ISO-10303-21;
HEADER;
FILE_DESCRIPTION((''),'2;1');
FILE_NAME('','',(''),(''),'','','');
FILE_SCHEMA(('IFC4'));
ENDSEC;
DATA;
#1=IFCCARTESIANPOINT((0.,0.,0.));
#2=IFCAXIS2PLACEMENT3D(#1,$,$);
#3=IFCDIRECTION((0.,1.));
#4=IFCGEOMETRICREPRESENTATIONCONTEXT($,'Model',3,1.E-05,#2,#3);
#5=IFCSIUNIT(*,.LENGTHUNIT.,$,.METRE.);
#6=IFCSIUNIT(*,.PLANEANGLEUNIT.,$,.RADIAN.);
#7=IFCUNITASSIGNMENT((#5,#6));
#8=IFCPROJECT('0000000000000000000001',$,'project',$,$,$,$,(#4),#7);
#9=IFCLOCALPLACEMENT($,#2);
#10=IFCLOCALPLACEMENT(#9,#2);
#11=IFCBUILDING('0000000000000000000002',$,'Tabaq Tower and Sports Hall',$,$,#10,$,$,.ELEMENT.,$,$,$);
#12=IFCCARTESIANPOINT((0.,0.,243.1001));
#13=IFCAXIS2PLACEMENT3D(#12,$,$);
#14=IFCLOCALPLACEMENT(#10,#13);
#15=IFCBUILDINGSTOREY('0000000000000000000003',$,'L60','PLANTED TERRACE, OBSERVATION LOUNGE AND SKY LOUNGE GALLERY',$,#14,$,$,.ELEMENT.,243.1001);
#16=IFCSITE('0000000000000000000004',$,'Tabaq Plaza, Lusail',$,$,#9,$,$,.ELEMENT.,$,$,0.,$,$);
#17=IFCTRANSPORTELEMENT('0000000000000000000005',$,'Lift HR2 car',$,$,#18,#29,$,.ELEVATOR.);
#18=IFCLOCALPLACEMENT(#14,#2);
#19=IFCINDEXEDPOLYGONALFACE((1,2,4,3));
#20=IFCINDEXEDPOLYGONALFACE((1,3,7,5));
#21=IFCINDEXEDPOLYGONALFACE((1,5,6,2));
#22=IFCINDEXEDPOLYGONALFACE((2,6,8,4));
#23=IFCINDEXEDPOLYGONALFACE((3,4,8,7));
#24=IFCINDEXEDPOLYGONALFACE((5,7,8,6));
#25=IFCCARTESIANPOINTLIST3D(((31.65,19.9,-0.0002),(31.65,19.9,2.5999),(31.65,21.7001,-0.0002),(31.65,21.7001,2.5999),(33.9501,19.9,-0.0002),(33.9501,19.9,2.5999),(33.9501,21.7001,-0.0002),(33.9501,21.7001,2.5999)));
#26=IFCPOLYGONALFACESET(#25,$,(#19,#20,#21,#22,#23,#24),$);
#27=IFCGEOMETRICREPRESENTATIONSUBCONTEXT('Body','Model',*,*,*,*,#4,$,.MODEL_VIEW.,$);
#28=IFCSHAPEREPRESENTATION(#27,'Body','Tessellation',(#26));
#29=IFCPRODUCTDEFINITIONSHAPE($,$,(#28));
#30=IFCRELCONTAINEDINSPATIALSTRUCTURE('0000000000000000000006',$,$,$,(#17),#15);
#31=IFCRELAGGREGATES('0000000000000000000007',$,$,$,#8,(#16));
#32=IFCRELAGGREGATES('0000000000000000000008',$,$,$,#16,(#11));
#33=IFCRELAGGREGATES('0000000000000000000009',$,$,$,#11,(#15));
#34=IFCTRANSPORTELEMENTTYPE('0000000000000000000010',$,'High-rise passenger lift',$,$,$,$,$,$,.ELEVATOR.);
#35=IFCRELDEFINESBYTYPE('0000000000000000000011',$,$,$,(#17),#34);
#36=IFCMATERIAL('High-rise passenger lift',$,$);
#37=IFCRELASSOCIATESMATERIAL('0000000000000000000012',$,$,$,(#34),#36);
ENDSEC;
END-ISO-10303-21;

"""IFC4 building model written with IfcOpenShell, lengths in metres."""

from ifc_helpers import new_model, si_unit, direction, frame, origin, origin_2d, place, context, subcontext, project, spatial, rectangle, extrude, material, type_object, element, save


model = new_model("IFC4")

# Units and contexts
model_context = context("Model", 3, precision=1e-05, world=origin(), true_north=direction((0.0, 1.0)))
body_context = subcontext(model_context, "Body", "Model", "MODEL_VIEW")
ifc_project = project(units=[si_unit("LENGTHUNIT", "METRE"), si_unit("PLANEANGLEUNIT", "RADIAN")], contexts=[model_context])

# Site, building, storey
site_placement = place(None, origin())
site = spatial("IfcSite", under=ifc_project, at=site_placement, Name="Tabaq Plaza, Lusail", CompositionType="ELEMENT", RefElevation=0.0)
building_placement = place(site_placement, origin())
building = spatial("IfcBuilding", under=site, at=building_placement, Name="Tabaq Tower and Sports Hall", CompositionType="ELEMENT")
storey_placement = place(building_placement, frame((0.0, 0.0, 243.1001)))
storey = spatial("IfcBuildingStorey", under=building, at=storey_placement, Name="L60", Description="PLANTED TERRACE, OBSERVATION LOUNGE AND SKY LOUNGE GALLERY", CompositionType="ELEMENT", Elevation=243.1001)

# Transport element
ifc_material_1 = material(Name="High-rise passenger lift")
transport_element_type = type_object("IfcTransportElementType", Name="High-rise passenger lift", PredefinedType="ELEVATOR", material=ifc_material_1)
transport_element_placement = place(storey_placement, frame((32.8, 20.8, -0.0002), z_axis=(0.0, 0.0, 1.0), x_axis=(1.0, 0.0, 0.0)))
element("IfcTransportElement", 1, at=transport_element_placement, inside=storey, type_object=transport_element_type, Name="Lift HR2 car", PredefinedType="ELEVATOR", context=body_context, shape_type="SweptSolid", body=[
    extrude(rectangle(XDim=2.3, YDim=1.8, at=origin_2d()), origin(), (0.0, 0.0, 1.0), 2.6001),
])

save(model, "model.ifc")
